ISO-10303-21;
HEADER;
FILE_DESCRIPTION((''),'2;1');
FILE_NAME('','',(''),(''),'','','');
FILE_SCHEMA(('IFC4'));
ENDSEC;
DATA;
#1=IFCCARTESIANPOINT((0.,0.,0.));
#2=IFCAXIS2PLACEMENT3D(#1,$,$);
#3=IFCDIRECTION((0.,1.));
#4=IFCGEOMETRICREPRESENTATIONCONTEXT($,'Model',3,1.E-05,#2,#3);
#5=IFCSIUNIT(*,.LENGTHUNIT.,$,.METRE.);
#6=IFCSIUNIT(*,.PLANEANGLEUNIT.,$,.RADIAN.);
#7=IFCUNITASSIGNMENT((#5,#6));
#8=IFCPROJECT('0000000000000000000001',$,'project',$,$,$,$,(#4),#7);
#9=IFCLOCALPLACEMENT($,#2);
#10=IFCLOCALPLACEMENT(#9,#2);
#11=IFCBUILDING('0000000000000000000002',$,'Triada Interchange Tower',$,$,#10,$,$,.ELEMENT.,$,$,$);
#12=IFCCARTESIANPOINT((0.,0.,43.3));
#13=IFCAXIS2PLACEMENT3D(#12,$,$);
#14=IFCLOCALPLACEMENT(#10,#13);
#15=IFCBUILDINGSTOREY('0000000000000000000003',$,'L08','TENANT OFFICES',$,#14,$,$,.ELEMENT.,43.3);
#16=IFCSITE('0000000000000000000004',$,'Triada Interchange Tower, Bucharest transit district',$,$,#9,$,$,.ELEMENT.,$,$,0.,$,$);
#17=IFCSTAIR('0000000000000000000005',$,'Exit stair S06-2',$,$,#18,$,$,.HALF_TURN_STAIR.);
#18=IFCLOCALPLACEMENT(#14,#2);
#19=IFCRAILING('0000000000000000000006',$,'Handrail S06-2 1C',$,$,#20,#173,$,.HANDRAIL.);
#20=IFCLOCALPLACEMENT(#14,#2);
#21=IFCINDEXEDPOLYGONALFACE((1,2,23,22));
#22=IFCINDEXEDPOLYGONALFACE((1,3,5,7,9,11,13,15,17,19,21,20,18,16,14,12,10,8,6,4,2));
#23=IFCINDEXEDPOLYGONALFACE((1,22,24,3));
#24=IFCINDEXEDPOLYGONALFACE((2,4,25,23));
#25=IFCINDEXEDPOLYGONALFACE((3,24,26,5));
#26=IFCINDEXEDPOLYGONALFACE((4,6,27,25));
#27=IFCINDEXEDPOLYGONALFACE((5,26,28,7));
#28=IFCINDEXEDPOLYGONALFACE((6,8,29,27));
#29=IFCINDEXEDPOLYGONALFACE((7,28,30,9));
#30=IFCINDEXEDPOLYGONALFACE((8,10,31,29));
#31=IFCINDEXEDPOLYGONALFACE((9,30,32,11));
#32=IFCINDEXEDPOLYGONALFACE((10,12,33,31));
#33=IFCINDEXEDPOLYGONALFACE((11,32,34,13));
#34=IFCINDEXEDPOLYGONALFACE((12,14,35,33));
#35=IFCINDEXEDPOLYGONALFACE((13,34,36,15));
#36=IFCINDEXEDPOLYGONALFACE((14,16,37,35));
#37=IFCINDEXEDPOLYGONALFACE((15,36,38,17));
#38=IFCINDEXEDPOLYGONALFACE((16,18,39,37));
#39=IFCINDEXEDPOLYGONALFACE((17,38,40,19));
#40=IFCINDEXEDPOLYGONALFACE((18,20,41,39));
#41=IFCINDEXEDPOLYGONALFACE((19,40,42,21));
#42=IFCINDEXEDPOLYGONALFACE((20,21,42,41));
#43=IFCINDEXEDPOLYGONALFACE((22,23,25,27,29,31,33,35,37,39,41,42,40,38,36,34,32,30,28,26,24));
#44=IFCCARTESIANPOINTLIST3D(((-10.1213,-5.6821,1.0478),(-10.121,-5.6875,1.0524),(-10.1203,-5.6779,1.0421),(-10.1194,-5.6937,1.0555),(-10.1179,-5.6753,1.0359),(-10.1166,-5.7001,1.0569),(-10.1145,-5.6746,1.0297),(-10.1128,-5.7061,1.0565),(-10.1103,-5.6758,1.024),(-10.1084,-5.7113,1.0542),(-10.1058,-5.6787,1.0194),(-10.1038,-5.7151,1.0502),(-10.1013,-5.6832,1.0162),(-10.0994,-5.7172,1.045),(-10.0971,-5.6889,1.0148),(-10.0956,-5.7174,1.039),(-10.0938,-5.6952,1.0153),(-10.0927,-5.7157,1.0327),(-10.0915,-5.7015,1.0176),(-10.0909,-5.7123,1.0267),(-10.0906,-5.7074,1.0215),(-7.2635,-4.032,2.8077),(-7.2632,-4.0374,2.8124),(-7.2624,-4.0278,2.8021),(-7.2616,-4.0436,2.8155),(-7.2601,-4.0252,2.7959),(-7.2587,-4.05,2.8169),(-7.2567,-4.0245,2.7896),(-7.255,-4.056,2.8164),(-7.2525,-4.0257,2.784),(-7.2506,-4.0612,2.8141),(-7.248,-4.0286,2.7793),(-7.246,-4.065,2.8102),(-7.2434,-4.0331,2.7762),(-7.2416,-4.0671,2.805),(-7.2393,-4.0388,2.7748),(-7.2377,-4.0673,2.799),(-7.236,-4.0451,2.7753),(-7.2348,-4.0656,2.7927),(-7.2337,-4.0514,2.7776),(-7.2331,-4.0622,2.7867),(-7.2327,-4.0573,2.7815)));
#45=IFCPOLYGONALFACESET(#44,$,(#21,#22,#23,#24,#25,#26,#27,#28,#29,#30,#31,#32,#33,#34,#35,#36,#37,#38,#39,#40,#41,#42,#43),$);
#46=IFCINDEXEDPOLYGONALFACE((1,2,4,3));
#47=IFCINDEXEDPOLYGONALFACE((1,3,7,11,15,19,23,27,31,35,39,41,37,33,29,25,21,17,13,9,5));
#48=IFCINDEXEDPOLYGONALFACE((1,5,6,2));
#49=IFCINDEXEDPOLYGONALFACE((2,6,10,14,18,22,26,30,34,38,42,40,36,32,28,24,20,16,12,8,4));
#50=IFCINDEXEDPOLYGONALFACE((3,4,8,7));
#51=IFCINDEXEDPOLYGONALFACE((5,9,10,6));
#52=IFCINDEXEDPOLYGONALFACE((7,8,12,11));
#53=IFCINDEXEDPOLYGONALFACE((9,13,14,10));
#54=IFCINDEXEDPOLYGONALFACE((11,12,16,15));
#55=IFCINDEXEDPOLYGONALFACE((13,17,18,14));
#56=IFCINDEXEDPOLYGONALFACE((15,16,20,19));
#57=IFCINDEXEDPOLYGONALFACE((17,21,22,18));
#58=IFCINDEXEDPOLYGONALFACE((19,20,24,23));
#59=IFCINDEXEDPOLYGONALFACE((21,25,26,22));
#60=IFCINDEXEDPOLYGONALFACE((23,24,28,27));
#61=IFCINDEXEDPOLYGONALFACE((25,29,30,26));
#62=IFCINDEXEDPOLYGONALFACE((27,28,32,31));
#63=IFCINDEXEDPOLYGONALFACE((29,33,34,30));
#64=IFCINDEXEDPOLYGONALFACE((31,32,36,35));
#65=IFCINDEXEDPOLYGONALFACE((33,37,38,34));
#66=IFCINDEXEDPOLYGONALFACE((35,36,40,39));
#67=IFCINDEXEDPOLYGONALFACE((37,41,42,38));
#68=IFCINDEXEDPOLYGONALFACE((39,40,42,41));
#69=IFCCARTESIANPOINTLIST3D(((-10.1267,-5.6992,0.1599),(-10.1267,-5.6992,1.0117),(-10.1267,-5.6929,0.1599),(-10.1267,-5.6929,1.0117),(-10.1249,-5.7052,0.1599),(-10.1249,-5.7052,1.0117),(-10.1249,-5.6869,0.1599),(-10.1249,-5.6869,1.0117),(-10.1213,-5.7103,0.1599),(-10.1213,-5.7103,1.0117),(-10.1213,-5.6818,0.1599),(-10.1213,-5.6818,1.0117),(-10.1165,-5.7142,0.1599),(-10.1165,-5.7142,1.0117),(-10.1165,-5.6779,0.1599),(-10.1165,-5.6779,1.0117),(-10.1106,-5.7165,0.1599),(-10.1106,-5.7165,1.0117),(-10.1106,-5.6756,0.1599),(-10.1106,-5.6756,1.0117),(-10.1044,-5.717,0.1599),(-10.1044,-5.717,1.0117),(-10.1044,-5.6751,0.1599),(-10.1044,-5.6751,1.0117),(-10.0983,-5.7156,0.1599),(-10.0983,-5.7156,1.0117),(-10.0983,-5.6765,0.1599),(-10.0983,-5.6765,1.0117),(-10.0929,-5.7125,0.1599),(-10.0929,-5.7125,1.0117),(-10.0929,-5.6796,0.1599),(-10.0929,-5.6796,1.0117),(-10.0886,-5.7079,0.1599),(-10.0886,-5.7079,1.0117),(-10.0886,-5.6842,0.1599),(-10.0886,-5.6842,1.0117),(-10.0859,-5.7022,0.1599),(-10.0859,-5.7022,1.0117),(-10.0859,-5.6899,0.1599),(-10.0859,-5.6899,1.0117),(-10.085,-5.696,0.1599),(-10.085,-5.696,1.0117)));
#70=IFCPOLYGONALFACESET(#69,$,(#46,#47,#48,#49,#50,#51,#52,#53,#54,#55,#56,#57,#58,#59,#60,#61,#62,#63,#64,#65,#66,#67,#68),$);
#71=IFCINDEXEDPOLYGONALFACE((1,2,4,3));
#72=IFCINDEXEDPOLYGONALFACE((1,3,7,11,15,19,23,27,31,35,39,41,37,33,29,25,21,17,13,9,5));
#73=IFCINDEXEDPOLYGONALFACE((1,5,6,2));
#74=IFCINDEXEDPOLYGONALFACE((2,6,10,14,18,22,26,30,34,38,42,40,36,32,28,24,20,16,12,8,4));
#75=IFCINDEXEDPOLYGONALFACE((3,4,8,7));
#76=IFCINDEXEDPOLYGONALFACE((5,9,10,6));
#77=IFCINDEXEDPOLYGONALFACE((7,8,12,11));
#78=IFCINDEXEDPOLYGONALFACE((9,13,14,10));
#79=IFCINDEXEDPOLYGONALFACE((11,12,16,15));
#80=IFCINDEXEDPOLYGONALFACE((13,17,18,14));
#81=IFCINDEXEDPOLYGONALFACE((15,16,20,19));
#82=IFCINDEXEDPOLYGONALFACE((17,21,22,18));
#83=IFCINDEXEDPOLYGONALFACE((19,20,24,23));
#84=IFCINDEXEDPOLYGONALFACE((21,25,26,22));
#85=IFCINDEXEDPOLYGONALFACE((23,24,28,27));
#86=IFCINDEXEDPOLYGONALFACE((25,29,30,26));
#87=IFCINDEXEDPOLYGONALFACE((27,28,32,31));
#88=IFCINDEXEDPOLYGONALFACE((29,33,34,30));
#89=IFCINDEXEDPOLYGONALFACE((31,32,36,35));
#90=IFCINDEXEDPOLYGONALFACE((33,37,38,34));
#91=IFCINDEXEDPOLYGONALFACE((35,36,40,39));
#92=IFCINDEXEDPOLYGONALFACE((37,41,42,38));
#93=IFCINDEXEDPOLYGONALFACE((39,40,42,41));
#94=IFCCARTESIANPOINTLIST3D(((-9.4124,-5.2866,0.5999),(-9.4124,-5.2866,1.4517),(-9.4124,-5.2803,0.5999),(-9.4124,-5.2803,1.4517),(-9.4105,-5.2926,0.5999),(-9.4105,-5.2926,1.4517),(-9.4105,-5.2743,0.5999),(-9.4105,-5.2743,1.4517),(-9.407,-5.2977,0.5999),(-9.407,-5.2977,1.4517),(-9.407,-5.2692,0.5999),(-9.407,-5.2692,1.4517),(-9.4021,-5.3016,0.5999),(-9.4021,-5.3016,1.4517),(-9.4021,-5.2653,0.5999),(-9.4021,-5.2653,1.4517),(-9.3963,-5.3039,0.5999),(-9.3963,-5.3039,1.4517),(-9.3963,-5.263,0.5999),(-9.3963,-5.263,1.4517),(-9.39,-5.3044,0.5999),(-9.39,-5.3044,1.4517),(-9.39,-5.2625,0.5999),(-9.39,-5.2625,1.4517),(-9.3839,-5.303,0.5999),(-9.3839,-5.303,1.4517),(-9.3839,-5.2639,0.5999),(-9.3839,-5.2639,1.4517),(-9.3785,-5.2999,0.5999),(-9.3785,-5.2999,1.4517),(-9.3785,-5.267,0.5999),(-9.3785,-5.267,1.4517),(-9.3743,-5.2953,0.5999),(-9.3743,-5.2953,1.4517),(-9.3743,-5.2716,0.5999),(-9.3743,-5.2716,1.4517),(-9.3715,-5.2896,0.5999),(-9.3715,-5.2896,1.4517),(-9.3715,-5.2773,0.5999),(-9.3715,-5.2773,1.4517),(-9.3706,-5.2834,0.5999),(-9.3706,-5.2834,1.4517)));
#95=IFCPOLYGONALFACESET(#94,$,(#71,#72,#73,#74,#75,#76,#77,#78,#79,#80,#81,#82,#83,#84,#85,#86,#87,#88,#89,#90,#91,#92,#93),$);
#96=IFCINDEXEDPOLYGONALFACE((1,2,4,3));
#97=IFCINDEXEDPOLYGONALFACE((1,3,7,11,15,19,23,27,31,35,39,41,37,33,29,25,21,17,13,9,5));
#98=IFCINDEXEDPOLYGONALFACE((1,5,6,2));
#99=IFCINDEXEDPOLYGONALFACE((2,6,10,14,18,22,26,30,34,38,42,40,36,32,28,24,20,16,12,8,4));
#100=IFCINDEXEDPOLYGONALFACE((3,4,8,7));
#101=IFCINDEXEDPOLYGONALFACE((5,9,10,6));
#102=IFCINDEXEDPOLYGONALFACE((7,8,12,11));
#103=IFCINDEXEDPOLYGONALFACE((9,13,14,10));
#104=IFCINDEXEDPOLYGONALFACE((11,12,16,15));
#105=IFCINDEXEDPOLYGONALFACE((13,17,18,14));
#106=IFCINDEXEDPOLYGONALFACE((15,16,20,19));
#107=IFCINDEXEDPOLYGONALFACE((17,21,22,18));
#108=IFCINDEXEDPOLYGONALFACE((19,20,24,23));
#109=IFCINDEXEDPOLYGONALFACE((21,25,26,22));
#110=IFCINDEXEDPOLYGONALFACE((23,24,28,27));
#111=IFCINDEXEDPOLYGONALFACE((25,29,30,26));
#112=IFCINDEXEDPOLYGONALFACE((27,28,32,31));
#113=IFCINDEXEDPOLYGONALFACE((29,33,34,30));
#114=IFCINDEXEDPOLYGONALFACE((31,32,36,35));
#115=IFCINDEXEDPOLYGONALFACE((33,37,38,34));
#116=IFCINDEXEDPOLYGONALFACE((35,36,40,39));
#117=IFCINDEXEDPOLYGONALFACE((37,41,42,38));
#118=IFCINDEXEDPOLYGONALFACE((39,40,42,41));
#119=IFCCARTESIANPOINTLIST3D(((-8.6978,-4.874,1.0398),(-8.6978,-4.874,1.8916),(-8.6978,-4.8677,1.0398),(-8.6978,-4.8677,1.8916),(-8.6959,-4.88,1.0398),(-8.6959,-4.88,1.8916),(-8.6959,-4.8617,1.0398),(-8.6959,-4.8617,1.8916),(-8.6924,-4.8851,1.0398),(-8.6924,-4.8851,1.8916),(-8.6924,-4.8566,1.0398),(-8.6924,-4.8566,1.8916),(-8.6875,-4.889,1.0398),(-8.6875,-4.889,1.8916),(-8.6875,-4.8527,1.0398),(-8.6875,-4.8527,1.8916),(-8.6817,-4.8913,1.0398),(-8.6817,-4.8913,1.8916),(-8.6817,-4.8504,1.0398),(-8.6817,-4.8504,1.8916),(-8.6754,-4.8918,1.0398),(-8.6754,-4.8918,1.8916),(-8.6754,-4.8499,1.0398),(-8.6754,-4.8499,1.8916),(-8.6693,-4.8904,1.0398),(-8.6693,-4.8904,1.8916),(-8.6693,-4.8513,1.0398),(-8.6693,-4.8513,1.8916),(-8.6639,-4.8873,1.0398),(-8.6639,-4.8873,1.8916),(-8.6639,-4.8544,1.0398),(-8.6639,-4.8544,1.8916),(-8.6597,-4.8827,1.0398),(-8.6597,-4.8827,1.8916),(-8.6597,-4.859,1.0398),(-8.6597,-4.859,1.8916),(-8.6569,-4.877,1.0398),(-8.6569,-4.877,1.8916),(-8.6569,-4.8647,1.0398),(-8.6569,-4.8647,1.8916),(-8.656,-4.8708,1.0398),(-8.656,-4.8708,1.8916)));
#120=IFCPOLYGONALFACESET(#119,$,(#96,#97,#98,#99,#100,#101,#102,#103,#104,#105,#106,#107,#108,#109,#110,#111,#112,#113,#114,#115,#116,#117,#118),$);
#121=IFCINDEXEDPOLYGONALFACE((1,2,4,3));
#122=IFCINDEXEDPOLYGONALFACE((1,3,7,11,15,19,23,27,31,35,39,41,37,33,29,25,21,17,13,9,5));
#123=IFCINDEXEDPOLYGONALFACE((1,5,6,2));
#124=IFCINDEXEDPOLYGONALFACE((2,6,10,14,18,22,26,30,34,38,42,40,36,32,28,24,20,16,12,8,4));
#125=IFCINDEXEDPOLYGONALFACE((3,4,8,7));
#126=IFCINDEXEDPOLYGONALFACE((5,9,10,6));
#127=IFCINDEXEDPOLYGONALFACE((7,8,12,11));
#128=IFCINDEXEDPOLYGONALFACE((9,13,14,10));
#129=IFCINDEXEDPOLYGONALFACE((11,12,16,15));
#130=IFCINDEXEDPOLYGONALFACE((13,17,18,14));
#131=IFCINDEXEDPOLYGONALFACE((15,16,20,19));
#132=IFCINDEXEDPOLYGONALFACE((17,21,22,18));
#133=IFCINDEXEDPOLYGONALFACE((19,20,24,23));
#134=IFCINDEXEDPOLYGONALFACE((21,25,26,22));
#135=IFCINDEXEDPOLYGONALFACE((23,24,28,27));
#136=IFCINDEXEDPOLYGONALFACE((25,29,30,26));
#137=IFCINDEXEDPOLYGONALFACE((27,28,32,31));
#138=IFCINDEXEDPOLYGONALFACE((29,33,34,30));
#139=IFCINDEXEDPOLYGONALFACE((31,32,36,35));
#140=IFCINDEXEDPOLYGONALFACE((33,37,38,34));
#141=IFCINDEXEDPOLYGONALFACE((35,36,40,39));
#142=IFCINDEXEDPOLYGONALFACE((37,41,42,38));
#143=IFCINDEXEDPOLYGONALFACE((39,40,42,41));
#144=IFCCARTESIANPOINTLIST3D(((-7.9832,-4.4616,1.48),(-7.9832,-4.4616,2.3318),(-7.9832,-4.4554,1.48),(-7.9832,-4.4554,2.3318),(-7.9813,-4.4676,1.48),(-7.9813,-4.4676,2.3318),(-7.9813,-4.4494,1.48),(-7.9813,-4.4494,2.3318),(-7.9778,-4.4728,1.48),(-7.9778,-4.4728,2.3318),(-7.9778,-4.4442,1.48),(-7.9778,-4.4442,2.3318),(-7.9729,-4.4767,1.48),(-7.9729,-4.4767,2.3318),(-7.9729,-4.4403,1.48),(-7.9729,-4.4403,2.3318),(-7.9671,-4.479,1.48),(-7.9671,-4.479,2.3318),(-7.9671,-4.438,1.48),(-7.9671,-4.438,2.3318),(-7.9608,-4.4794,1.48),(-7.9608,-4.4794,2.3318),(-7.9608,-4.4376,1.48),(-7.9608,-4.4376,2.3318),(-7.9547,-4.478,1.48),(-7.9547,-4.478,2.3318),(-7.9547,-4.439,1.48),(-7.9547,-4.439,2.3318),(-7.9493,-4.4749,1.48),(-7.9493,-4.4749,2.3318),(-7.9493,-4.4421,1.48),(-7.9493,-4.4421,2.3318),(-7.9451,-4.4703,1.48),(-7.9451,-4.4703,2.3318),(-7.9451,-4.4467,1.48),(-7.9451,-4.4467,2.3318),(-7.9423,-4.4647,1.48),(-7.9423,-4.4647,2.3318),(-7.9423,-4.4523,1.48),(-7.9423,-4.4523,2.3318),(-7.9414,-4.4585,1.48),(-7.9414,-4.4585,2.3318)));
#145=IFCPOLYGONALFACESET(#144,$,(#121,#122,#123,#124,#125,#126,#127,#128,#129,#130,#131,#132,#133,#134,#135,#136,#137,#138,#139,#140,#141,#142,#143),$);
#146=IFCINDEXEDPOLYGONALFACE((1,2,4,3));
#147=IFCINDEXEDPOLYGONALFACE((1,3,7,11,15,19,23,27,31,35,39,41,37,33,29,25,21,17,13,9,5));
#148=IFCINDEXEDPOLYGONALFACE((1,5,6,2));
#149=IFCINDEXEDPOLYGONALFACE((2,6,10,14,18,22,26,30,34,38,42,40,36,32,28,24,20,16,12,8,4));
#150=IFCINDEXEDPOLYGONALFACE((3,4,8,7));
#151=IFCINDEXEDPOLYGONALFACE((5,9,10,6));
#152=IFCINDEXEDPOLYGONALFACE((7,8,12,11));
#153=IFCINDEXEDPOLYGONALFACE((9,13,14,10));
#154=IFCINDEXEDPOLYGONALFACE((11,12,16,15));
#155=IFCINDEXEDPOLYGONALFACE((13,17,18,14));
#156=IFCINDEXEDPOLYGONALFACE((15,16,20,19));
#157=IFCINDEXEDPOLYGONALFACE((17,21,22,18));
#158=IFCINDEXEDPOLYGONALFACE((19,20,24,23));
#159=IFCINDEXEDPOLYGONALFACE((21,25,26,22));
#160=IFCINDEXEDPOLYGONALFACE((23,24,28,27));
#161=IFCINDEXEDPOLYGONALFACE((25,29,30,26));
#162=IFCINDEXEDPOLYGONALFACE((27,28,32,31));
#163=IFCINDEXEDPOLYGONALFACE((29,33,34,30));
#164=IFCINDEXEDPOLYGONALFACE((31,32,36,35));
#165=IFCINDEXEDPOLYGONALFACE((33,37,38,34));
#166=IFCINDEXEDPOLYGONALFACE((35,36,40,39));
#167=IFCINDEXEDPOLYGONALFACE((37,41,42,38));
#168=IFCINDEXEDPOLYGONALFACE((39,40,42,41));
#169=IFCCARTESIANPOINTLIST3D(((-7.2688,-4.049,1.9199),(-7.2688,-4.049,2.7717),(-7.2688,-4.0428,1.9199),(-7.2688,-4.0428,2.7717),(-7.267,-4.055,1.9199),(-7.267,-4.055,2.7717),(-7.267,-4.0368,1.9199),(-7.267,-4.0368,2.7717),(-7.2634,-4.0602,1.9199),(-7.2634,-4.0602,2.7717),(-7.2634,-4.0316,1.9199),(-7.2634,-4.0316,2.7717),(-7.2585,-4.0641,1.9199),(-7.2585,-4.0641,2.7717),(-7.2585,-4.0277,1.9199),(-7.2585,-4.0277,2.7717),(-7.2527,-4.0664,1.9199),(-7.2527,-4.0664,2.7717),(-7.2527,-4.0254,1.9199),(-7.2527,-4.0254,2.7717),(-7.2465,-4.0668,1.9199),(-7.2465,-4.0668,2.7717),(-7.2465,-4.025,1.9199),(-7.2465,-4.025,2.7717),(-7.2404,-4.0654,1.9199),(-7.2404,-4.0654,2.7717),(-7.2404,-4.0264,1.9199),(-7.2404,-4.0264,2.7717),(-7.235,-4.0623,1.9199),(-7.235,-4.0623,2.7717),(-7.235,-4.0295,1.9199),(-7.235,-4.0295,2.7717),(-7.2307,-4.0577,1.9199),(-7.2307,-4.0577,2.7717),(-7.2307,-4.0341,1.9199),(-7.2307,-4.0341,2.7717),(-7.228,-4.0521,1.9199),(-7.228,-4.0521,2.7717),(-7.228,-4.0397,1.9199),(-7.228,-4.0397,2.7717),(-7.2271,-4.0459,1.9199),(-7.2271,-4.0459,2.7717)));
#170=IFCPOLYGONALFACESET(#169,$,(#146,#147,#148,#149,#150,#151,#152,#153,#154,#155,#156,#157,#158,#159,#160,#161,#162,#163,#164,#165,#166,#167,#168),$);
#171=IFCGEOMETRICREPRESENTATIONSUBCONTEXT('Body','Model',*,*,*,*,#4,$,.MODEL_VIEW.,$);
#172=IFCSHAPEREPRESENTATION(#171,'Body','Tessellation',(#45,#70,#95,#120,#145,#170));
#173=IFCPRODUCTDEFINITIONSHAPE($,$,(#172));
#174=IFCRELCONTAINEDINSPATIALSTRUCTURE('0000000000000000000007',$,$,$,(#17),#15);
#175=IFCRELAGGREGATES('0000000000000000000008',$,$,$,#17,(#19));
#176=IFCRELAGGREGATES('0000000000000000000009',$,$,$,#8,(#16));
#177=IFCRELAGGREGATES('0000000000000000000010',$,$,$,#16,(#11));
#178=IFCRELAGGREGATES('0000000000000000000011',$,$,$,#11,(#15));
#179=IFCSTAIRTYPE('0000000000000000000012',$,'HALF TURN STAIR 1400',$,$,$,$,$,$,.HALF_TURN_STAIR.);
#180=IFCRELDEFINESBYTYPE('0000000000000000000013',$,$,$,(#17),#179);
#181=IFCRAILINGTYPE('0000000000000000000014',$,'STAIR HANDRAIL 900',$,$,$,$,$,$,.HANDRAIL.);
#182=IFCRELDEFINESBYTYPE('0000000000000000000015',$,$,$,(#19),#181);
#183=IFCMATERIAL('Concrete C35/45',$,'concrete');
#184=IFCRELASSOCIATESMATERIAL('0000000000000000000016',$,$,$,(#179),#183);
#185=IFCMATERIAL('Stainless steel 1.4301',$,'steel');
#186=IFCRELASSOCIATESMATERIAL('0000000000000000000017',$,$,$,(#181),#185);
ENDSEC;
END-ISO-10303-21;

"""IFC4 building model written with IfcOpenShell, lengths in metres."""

from ifc_helpers import new_model, si_unit, direction, frame, origin, origin_2d, place, context, subcontext, project, spatial, circle, extrude, material, type_object, element, aggregate, save


model = new_model("IFC4")

# Units and contexts
model_context = context("Model", 3, precision=1e-05, world=origin(), true_north=direction((0.0, 1.0)))
body_context = subcontext(model_context, "Body", "Model", "MODEL_VIEW")
ifc_project = project(units=[si_unit("LENGTHUNIT", "METRE"), si_unit("PLANEANGLEUNIT", "RADIAN")], contexts=[model_context])

# Site, building, storey
site_placement = place(None, origin())
site = spatial("IfcSite", under=ifc_project, at=site_placement, Name="Triada Interchange Tower, Bucharest transit district", CompositionType="ELEMENT", RefElevation=0.0)
building_placement = place(site_placement, origin())
building = spatial("IfcBuilding", under=site, at=building_placement, Name="Triada Interchange Tower", CompositionType="ELEMENT")
storey_placement = place(building_placement, frame((0.0, 0.0, 43.3)))
storey = spatial("IfcBuildingStorey", under=building, at=storey_placement, Name="L08", Description="TENANT OFFICES", CompositionType="ELEMENT", Elevation=43.3)

# Stair, railing
ifc_material_1 = material(Name="Concrete C35/45", Category="concrete")
stair_type = type_object("IfcStairType", Name="HALF TURN STAIR 1400", PredefinedType="HALF_TURN_STAIR", material=ifc_material_1)
stair_placement = place(storey_placement, origin())
stair = element("IfcStair", 1, at=stair_placement, inside=storey, type_object=stair_type, Name="Exit stair S06-2", PredefinedType="HALF_TURN_STAIR")
ifc_material_2 = material(Name="Stainless steel 1.4301", Category="steel")
railing_type = type_object("IfcRailingType", Name="STAIR HANDRAIL 900", PredefinedType="HANDRAIL", material=ifc_material_2)
railing_1_placement = place(storey_placement, frame((-10.106, -5.696, 0.1599)))
railing_1 = element("IfcRailing", 2, at=railing_1_placement, type_object=railing_type, Name="Handrail S06-2 1C", PredefinedType="HANDRAIL", context=body_context, shape_type="SweptSolid", body=[
    extrude(circle(Radius=0.0239, at=origin_2d()), frame((0.0, 0.0, 0.876), z_axis=(0.764129, 0.441205, 0.47058), x_axis=(-0.50003, 0.866008, 0.0)), (0.0, 0.0, 1.0), 3.74),
    extrude(circle(Radius=0.021, at=origin_2d()), origin(), (0.0, 0.0, 1.0), 0.8518),
    extrude(circle(Radius=0.021, at=origin_2d()), frame((0.7144, 0.4126, 0.4399)), (0.0, 0.0, 1.0), 0.8518),
    extrude(circle(Radius=0.021, at=origin_2d()), frame((1.429, 0.8252, 0.8799)), (0.0, 0.0, 1.0), 0.8518),
    extrude(circle(Radius=0.021, at=origin_2d()), frame((2.1436, 1.2375, 1.3201)), (0.0, 0.0, 1.0), 0.8518),
    extrude(circle(Radius=0.021, at=origin_2d()), frame((2.8579, 1.6501, 1.76)), (0.0, 0.0, 1.0), 0.8518),
])
aggregate(stair, [railing_1])

save(model, "model.ifc")
